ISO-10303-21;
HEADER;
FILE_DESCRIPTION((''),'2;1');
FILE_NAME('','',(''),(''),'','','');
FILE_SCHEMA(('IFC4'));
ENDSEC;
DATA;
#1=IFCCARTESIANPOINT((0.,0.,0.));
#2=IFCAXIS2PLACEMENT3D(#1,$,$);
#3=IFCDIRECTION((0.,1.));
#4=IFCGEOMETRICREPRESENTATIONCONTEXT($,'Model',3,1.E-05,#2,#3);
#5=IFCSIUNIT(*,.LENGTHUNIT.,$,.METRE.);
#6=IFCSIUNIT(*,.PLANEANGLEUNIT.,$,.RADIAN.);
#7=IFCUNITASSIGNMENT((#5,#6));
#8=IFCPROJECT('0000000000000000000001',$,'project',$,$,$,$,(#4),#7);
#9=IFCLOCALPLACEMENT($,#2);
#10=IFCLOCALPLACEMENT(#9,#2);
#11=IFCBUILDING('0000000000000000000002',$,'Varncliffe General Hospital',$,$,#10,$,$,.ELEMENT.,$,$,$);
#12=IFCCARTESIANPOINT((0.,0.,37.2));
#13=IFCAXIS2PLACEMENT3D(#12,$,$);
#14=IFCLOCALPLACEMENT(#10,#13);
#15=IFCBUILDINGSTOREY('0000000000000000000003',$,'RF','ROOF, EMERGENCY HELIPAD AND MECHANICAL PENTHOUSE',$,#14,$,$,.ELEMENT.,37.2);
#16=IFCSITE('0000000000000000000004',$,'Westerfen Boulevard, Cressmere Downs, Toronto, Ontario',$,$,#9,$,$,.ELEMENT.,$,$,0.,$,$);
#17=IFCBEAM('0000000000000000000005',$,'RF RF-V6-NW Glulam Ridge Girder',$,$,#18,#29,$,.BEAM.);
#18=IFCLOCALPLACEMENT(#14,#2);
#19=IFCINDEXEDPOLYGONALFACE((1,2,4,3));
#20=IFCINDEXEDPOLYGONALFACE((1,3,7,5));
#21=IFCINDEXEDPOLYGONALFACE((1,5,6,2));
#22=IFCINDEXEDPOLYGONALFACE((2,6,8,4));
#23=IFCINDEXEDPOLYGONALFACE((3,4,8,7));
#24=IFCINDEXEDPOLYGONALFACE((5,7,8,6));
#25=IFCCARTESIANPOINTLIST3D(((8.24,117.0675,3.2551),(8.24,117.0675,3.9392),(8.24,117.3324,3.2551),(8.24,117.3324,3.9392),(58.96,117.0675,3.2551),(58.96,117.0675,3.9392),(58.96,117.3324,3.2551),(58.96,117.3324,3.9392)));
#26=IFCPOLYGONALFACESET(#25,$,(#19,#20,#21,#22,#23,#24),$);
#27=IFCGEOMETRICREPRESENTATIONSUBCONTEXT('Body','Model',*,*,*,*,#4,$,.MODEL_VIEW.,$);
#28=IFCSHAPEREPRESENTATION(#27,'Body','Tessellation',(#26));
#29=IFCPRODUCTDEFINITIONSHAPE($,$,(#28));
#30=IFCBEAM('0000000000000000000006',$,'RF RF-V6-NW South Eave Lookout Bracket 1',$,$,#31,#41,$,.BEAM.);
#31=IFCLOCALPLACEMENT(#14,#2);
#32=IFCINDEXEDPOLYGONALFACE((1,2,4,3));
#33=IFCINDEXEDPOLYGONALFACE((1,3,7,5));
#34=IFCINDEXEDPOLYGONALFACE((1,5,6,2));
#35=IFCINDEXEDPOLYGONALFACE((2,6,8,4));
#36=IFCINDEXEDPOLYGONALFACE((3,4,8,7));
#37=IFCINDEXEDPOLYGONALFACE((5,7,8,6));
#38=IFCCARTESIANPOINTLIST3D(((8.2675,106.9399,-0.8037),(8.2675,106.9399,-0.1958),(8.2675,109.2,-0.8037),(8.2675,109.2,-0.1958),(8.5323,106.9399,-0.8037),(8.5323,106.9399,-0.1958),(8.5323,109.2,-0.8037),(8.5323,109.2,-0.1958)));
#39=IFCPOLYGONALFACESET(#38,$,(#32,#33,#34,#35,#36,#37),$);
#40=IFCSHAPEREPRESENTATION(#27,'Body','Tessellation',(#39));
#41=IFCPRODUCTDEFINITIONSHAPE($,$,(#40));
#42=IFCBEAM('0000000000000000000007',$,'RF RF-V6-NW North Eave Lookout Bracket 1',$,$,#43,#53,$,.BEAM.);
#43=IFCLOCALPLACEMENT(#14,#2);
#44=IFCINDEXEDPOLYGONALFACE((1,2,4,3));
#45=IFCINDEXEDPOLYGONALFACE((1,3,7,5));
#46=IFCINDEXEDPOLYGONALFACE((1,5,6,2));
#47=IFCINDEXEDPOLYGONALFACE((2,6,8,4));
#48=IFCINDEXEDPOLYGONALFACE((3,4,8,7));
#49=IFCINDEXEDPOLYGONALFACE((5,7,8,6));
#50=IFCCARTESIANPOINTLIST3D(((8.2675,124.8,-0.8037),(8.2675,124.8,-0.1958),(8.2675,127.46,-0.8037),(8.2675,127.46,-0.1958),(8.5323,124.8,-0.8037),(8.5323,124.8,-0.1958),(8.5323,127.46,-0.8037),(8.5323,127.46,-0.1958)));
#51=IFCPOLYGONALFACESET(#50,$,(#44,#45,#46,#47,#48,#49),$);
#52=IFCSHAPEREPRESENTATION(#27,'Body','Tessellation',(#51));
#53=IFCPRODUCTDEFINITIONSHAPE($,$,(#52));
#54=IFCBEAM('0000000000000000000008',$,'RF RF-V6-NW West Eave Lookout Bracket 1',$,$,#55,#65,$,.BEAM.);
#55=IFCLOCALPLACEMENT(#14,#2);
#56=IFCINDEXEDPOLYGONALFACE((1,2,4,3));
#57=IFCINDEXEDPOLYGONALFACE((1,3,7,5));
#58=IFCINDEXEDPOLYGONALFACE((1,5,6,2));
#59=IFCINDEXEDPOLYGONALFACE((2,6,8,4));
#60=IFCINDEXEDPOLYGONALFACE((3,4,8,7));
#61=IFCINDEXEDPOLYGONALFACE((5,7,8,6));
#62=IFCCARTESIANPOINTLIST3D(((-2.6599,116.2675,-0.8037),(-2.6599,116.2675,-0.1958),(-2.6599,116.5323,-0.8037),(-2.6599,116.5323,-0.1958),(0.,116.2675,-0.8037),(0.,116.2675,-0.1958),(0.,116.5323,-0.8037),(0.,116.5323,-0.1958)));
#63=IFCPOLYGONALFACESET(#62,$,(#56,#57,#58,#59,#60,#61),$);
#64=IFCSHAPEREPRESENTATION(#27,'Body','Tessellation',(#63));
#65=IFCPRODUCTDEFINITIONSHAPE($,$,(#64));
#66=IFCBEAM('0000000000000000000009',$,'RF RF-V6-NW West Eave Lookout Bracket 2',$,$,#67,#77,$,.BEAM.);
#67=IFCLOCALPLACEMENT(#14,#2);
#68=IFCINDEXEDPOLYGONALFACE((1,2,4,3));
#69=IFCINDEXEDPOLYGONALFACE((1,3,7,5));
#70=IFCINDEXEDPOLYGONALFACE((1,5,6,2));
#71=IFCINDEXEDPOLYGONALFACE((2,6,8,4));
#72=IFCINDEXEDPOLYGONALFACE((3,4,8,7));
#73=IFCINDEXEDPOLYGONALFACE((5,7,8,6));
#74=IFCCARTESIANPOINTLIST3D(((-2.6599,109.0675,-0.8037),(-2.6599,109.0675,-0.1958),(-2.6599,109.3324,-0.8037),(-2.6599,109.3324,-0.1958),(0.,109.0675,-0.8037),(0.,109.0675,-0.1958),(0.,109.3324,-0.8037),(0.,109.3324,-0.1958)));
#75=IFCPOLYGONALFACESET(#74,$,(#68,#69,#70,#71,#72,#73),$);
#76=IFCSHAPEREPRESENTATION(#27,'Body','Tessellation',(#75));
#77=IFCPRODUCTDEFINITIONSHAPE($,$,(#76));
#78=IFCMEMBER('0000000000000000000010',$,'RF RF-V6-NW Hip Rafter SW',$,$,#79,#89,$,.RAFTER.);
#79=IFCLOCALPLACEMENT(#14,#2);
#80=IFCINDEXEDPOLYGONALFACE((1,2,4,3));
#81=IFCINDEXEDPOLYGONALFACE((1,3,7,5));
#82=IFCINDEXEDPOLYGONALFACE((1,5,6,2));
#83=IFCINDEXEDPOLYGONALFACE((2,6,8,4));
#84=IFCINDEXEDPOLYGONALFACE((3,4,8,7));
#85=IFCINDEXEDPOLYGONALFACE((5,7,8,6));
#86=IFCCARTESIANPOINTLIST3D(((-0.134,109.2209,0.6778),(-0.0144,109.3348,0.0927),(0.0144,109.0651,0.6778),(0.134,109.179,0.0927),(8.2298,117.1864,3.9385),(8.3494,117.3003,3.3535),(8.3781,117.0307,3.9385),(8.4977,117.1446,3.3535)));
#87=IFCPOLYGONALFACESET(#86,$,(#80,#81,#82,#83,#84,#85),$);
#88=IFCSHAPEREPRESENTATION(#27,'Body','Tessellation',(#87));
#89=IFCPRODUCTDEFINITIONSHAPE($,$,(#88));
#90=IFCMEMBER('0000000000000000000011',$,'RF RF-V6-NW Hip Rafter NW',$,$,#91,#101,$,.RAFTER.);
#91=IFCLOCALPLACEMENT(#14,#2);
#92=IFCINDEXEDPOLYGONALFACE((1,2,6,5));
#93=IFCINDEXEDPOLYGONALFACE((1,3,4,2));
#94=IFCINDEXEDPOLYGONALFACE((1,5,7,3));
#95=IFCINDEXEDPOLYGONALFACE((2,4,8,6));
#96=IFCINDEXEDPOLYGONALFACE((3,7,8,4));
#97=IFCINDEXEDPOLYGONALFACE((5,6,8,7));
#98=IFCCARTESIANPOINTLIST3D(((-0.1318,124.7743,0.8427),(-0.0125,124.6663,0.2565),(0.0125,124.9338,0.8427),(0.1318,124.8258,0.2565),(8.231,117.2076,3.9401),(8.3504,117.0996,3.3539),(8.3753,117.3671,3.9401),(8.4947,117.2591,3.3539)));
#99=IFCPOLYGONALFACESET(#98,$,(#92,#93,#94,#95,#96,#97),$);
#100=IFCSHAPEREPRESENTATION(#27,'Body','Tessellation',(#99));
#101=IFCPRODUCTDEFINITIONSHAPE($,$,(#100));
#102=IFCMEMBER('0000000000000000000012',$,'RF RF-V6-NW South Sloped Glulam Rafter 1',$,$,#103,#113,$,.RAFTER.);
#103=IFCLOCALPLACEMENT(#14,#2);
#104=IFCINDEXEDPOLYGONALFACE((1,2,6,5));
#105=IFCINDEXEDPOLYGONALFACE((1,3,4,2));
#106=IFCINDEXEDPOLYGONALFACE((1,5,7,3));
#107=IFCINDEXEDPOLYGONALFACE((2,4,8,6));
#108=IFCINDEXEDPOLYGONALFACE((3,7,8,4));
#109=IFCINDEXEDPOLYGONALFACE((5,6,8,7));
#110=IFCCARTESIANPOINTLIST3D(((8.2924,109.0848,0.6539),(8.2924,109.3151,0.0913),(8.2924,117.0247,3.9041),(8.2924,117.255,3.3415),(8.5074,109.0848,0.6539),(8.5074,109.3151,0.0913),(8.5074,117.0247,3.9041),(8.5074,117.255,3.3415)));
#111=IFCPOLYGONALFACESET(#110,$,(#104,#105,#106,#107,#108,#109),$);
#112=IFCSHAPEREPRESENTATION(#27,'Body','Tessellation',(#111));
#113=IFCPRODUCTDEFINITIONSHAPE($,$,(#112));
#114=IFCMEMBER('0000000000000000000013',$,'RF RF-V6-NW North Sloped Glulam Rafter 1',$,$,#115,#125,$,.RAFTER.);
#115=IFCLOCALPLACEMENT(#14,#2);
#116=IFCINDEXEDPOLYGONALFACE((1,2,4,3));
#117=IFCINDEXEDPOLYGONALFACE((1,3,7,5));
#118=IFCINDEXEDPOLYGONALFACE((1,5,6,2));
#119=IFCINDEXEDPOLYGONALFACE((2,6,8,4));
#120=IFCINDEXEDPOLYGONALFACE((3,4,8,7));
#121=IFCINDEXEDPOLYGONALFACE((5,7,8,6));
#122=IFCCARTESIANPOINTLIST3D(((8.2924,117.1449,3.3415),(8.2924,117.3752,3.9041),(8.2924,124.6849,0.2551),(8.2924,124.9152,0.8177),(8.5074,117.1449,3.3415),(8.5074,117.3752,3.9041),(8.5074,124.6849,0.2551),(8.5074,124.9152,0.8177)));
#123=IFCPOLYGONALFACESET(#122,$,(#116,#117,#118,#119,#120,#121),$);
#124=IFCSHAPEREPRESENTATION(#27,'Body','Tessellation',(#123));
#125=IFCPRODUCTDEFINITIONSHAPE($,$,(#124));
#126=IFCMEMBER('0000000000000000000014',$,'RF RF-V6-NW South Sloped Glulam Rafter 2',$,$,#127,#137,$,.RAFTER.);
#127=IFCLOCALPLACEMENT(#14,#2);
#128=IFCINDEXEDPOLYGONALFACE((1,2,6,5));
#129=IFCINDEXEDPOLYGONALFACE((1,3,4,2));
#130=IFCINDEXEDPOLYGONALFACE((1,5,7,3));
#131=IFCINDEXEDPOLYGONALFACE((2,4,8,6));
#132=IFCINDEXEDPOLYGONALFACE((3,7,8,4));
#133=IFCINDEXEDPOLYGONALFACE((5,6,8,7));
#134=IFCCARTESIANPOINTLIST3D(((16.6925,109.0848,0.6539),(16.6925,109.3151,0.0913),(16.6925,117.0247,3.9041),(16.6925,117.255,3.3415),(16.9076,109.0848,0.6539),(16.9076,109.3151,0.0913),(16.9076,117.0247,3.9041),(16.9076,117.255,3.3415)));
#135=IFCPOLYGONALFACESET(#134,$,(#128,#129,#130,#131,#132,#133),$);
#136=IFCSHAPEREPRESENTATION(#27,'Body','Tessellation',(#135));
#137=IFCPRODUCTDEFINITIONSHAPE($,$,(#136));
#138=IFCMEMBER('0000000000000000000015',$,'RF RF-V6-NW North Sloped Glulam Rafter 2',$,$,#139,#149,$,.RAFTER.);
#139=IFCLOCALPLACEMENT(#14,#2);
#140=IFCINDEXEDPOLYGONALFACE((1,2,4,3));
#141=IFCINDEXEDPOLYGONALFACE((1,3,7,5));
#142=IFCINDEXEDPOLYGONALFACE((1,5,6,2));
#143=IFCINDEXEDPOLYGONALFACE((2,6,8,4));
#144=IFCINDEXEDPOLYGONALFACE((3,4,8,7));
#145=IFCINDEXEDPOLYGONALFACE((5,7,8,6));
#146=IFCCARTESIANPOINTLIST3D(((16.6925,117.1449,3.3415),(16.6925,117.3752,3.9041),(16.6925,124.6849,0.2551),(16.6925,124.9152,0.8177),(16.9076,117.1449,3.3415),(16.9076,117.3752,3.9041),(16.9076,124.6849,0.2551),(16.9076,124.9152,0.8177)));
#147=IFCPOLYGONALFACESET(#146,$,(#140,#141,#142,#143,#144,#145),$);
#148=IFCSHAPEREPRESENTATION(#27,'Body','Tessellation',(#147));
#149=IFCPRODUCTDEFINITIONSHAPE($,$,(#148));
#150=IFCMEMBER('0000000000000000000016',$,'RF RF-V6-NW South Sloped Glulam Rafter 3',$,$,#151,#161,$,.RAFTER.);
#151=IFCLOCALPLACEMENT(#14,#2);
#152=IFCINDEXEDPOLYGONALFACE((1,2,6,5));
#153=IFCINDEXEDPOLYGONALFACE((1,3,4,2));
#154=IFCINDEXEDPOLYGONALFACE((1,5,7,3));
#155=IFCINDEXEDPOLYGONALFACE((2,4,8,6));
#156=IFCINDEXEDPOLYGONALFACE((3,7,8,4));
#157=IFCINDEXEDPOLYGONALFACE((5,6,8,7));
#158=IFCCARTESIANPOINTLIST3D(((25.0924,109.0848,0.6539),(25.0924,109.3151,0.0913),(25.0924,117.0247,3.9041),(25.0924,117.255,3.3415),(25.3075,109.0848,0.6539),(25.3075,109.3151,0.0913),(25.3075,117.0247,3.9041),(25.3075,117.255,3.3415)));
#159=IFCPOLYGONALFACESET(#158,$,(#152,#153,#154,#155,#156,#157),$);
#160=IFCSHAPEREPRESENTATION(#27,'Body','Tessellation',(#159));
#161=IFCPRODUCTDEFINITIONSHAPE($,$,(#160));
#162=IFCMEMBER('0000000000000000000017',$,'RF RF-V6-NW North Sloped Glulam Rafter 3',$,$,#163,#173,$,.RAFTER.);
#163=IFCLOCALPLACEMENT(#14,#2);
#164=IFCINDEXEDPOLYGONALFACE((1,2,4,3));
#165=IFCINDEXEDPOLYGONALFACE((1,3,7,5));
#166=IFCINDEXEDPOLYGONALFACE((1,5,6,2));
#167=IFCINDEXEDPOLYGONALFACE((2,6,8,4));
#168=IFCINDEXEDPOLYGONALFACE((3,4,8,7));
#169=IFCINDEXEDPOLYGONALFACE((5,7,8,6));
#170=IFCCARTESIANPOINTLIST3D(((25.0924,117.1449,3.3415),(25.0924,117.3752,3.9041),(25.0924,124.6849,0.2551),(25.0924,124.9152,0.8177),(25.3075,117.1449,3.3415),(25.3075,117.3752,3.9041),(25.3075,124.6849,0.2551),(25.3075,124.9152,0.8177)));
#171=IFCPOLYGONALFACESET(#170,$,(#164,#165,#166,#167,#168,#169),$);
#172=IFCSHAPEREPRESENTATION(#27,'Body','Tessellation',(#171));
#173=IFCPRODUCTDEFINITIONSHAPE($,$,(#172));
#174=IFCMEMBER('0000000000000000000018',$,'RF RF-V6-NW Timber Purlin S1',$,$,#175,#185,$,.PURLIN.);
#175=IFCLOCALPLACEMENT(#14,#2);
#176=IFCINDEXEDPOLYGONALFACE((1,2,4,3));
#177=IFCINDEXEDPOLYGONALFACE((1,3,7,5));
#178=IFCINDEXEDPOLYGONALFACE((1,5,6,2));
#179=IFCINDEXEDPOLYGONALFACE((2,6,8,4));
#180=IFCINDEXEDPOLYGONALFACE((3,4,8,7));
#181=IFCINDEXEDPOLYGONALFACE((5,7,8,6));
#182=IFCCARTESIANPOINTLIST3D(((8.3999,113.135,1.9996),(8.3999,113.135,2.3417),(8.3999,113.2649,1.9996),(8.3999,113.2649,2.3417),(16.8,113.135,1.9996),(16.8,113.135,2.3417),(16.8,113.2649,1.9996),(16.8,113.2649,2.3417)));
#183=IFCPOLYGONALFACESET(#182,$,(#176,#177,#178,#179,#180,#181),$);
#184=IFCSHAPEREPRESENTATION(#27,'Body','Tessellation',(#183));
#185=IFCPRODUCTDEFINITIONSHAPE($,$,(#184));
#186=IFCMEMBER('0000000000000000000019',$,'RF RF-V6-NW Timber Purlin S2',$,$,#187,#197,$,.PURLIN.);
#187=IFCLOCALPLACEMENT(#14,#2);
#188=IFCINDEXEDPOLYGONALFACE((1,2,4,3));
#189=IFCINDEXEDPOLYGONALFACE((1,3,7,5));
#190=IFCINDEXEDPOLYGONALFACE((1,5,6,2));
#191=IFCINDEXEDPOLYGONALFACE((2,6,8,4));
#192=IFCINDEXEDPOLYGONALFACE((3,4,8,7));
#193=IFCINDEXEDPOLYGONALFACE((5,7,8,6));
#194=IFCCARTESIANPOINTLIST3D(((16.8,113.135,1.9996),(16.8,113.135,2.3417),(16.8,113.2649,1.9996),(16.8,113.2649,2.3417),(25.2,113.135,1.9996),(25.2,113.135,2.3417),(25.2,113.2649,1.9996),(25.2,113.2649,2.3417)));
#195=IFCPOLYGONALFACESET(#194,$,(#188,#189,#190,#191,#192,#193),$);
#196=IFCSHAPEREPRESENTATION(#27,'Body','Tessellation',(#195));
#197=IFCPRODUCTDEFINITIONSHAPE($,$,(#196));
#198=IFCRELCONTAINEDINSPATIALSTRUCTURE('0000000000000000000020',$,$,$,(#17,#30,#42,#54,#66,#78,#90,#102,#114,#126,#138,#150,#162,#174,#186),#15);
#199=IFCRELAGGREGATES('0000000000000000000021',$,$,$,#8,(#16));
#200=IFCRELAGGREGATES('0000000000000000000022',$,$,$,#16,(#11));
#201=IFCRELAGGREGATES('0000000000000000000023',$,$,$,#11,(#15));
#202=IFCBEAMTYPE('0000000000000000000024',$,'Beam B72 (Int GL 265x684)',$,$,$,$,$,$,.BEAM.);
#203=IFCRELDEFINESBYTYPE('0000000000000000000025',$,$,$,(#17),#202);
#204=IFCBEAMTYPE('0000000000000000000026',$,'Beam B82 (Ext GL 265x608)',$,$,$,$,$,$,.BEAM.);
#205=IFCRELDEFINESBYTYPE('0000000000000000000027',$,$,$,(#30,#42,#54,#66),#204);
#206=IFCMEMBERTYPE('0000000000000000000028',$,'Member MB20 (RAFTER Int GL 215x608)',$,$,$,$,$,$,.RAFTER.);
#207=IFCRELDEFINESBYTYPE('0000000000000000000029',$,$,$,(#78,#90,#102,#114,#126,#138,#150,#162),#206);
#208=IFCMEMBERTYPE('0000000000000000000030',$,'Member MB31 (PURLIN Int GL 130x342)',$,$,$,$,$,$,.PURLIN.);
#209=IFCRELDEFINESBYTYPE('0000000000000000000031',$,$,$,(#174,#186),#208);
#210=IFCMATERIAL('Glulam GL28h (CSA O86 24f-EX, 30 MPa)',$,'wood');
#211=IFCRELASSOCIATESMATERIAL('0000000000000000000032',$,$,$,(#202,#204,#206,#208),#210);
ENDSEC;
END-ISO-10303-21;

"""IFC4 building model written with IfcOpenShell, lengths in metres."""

from ifc_helpers import new_model, si_unit, direction, frame, origin, origin_2d, place, context, subcontext, project, spatial, rectangle, extrude, material, material_profile, profile_set, type_object, element, save


model = new_model("IFC4")

# Units and contexts
model_context = context("Model", 3, precision=1e-05, world=origin(), true_north=direction((0.0, 1.0)))
body_context = subcontext(model_context, "Body", "Model", "MODEL_VIEW")
ifc_project = project(units=[si_unit("LENGTHUNIT", "METRE"), si_unit("PLANEANGLEUNIT", "RADIAN")], contexts=[model_context])

# Site, building, storey
site_placement = place(None, origin())
site = spatial("IfcSite", under=ifc_project, at=site_placement, Name="Westerfen Boulevard, Cressmere Downs, Toronto, Ontario", CompositionType="ELEMENT", RefElevation=0.0)
building_placement = place(site_placement, origin())
building = spatial("IfcBuilding", under=site, at=building_placement, Name="Varncliffe General Hospital", CompositionType="ELEMENT")
storey_placement = place(building_placement, frame((0.0, 0.0, 37.2)))
storey = spatial("IfcBuildingStorey", under=building, at=storey_placement, Name="RF", Description="ROOF, EMERGENCY HELIPAD AND MECHANICAL PENTHOUSE", CompositionType="ELEMENT", Elevation=37.2)

# Beams
ifc_material_1 = material(Name="Glulam GL28h (CSA O86 24f-EX, 30 MPa)", Category="wood")
ifc_material_profile_1 = material_profile(ifc_material_1, rectangle(XDim=0.2649, YDim=0.6841, at=origin_2d()), Name="GL 265x684")
ifc_profile_set_1 = profile_set([ifc_material_profile_1], Name="Glulam GL28h (CSA O86 24f-EX, 30 MPa)")
beam_type_1 = type_object("IfcBeamType", Name="Beam B72 (Int GL 265x684)", PredefinedType="BEAM", material=ifc_profile_set_1)
beam_1_placement = place(storey_placement, frame((8.24, 117.2, 3.5972), z_axis=(1.0, 0.0, 0.0), x_axis=(0.0, 1.0, 0.0)))
element("IfcBeam", 1, at=beam_1_placement, inside=storey, type_object=beam_type_1, Name="RF RF-V6-NW Glulam Ridge Girder", PredefinedType="BEAM", context=body_context, shape_type="SweptSolid", body=[
    extrude(rectangle(XDim=0.2649, YDim=0.6841, at=origin_2d()), origin(), (0.0, 0.0, 1.0), 50.72),
])
ifc_material_profile_2 = material_profile(ifc_material_1, rectangle(XDim=0.2649, YDim=0.6079, at=origin_2d()), Name="GL 265x608")
ifc_profile_set_2 = profile_set([ifc_material_profile_2], Name="Glulam GL28h (CSA O86 24f-EX, 30 MPa)")
beam_type_2 = type_object("IfcBeamType", Name="Beam B82 (Ext GL 265x608)", PredefinedType="BEAM", material=ifc_profile_set_2)
beam_2_placement = place(storey_placement, frame((8.3999, 106.9399, -0.4998), z_axis=(0.0, 1.0, 0.0), x_axis=(-1.0, 0.0, 0.0)))
element("IfcBeam", 2, at=beam_2_placement, inside=storey, type_object=beam_type_2, Name="RF RF-V6-NW South Eave Lookout Bracket 1", PredefinedType="BEAM", context=body_context, shape_type="SweptSolid", body=[
    extrude(rectangle(XDim=0.2649, YDim=0.6079, at=origin_2d()), origin(), (0.0, 0.0, 1.0), 2.26),
])
for number, where, z_axis, x_axis, name in (
    (3, (8.3999, 124.8, -0.4998), (0.0, 1.0, 0.0), (-1.0, 0.0, 0.0), "RF RF-V6-NW North Eave Lookout Bracket 1"),
    (4, (-2.6599, 116.3999, -0.4998), (1.0, 0.0, 0.0), (0.0, 1.0, 0.0), "RF RF-V6-NW West Eave Lookout Bracket 1"),
    (5, (-2.6599, 109.2, -0.4998), (1.0, 0.0, 0.0), (0.0, 1.0, 0.0), "RF RF-V6-NW West Eave Lookout Bracket 2"),
):
    element("IfcBeam", number, at=place(storey_placement, frame(where, z_axis=z_axis, x_axis=x_axis)), inside=storey, type_object=beam_type_2, Name=name, PredefinedType="BEAM", context=body_context, shape_type="SweptSolid", body=[
        extrude(rectangle(XDim=0.2649, YDim=0.6079, at=origin_2d()), origin(), (0.0, 0.0, 1.0), 2.6599),
    ])

# Members
ifc_material_profile_3 = material_profile(ifc_material_1, rectangle(XDim=0.2151, YDim=0.6079, at=origin_2d()), Name="GL 215x608")
ifc_profile_set_3 = profile_set([ifc_material_profile_3], Name="Glulam GL28h (CSA O86 24f-EX, 30 MPa)")
member_type_1 = type_object("IfcMemberType", Name="Member MB20 (RAFTER Int GL 215x608)", PredefinedType="RAFTER", material=ifc_profile_set_3)
member_1_placement = place(storey_placement, frame((0.0, 109.2, 0.3853), z_axis=(0.696895, 0.663716, 0.271695), x_axis=(-0.689659, 0.724134, 0.0)))
element("IfcMember", 6, at=member_1_placement, inside=storey, type_object=member_type_1, Name="RF RF-V6-NW Hip Rafter SW", PredefinedType="RAFTER", context=body_context, shape_type="SweptSolid", body=[
    extrude(rectangle(XDim=0.2151, YDim=0.6079, at=origin_2d()), origin(), (0.0, 0.0, 1.0), 12.0015),
])
member_2_placement = place(storey_placement, frame((0.0, 124.8, 0.5496), z_axis=(0.715044, -0.646972, 0.264838), x_axis=(0.670929, 0.741522, 0.0)))
element("IfcMember", 7, at=member_2_placement, inside=storey, type_object=member_type_1, Name="RF RF-V6-NW Hip Rafter NW", PredefinedType="RAFTER", context=body_context, shape_type="SweptSolid", body=[
    extrude(rectangle(XDim=0.2151, YDim=0.6079, at=origin_2d()), origin(), (0.0, 0.0, 1.0), 11.6956),
])
member_3_placement = place(storey_placement, frame((8.3999, 109.2, 0.3726), z_axis=(0.0, 0.925462, 0.378841), x_axis=(-1.0, 0.0, 0.0)))
element("IfcMember", 8, at=member_3_placement, inside=storey, type_object=member_type_1, Name="RF RF-V6-NW South Sloped Glulam Rafter 1", PredefinedType="RAFTER", context=body_context, shape_type="SweptSolid", body=[
    extrude(rectangle(XDim=0.2151, YDim=0.6079, at=origin_2d()), origin(), (0.0, 0.0, 1.0), 8.5793),
])
member_4_placement = place(storey_placement, frame((8.3999, 124.8, 0.5364), z_axis=(0.0, -0.925467, 0.378829), x_axis=(1.0, 0.0, 0.0)))
element("IfcMember", 9, at=member_4_placement, inside=storey, type_object=member_type_1, Name="RF RF-V6-NW North Sloped Glulam Rafter 1", PredefinedType="RAFTER", context=body_context, shape_type="SweptSolid", body=[
    extrude(rectangle(XDim=0.2151, YDim=0.6079, at=origin_2d()), origin(), (0.0, 0.0, 1.0), 8.1472),
])
member_5_placement = place(storey_placement, frame((16.8, 109.2, 0.3726), z_axis=(0.0, 0.925462, 0.378841), x_axis=(-1.0, 0.0, 0.0)))
element("IfcMember", 10, at=member_5_placement, inside=storey, type_object=member_type_1, Name="RF RF-V6-NW South Sloped Glulam Rafter 2", PredefinedType="RAFTER", context=body_context, shape_type="SweptSolid", body=[
    extrude(rectangle(XDim=0.2151, YDim=0.6079, at=origin_2d()), origin(), (0.0, 0.0, 1.0), 8.5793),
])
member_6_placement = place(storey_placement, frame((16.8, 124.8, 0.5364), z_axis=(0.0, -0.925467, 0.378829), x_axis=(1.0, 0.0, 0.0)))
element("IfcMember", 11, at=member_6_placement, inside=storey, type_object=member_type_1, Name="RF RF-V6-NW North Sloped Glulam Rafter 2", PredefinedType="RAFTER", context=body_context, shape_type="SweptSolid", body=[
    extrude(rectangle(XDim=0.2151, YDim=0.6079, at=origin_2d()), origin(), (0.0, 0.0, 1.0), 8.1472),
])
member_7_placement = place(storey_placement, frame((25.2, 109.2, 0.3726), z_axis=(0.0, 0.925462, 0.378841), x_axis=(-1.0, 0.0, 0.0)))
element("IfcMember", 12, at=member_7_placement, inside=storey, type_object=member_type_1, Name="RF RF-V6-NW South Sloped Glulam Rafter 3", PredefinedType="RAFTER", context=body_context, shape_type="SweptSolid", body=[
    extrude(rectangle(XDim=0.2151, YDim=0.6079, at=origin_2d()), origin(), (0.0, 0.0, 1.0), 8.5793),
])
member_8_placement = place(storey_placement, frame((25.2, 124.8, 0.5364), z_axis=(0.0, -0.925467, 0.378829), x_axis=(1.0, 0.0, 0.0)))
element("IfcMember", 13, at=member_8_placement, inside=storey, type_object=member_type_1, Name="RF RF-V6-NW North Sloped Glulam Rafter 3", PredefinedType="RAFTER", context=body_context, shape_type="SweptSolid", body=[
    extrude(rectangle(XDim=0.2151, YDim=0.6079, at=origin_2d()), origin(), (0.0, 0.0, 1.0), 8.1472),
])
ifc_material_profile_4 = material_profile(ifc_material_1, rectangle(XDim=0.1299, YDim=0.342, at=origin_2d()), Name="GL 130x342")
ifc_profile_set_4 = profile_set([ifc_material_profile_4], Name="Glulam GL28h (CSA O86 24f-EX, 30 MPa)")
member_type_2 = type_object("IfcMemberType", Name="Member MB31 (PURLIN Int GL 130x342)", PredefinedType="PURLIN", material=ifc_profile_set_4)
member_9_placement = place(storey_placement, frame((8.3999, 113.2, 2.1707), z_axis=(1.0, 0.0, 0.0), x_axis=(0.0, 1.0, 0.0)))
element("IfcMember", 14, at=member_9_placement, inside=storey, type_object=member_type_2, Name="RF RF-V6-NW Timber Purlin S1", PredefinedType="PURLIN", context=body_context, shape_type="SweptSolid", body=[
    extrude(rectangle(XDim=0.1299, YDim=0.342, at=origin_2d()), origin(), (0.0, 0.0, 1.0), 8.4001),
])
member_10_placement = place(storey_placement, frame((16.8, 113.2, 2.1707), z_axis=(1.0, 0.0, 0.0), x_axis=(0.0, 1.0, 0.0)))
element("IfcMember", 15, at=member_10_placement, inside=storey, type_object=member_type_2, Name="RF RF-V6-NW Timber Purlin S2", PredefinedType="PURLIN", context=body_context, shape_type="SweptSolid", body=[
    extrude(rectangle(XDim=0.1299, YDim=0.342, at=origin_2d()), origin(), (0.0, 0.0, 1.0), 8.3999),
])

save(model, "model.ifc")
